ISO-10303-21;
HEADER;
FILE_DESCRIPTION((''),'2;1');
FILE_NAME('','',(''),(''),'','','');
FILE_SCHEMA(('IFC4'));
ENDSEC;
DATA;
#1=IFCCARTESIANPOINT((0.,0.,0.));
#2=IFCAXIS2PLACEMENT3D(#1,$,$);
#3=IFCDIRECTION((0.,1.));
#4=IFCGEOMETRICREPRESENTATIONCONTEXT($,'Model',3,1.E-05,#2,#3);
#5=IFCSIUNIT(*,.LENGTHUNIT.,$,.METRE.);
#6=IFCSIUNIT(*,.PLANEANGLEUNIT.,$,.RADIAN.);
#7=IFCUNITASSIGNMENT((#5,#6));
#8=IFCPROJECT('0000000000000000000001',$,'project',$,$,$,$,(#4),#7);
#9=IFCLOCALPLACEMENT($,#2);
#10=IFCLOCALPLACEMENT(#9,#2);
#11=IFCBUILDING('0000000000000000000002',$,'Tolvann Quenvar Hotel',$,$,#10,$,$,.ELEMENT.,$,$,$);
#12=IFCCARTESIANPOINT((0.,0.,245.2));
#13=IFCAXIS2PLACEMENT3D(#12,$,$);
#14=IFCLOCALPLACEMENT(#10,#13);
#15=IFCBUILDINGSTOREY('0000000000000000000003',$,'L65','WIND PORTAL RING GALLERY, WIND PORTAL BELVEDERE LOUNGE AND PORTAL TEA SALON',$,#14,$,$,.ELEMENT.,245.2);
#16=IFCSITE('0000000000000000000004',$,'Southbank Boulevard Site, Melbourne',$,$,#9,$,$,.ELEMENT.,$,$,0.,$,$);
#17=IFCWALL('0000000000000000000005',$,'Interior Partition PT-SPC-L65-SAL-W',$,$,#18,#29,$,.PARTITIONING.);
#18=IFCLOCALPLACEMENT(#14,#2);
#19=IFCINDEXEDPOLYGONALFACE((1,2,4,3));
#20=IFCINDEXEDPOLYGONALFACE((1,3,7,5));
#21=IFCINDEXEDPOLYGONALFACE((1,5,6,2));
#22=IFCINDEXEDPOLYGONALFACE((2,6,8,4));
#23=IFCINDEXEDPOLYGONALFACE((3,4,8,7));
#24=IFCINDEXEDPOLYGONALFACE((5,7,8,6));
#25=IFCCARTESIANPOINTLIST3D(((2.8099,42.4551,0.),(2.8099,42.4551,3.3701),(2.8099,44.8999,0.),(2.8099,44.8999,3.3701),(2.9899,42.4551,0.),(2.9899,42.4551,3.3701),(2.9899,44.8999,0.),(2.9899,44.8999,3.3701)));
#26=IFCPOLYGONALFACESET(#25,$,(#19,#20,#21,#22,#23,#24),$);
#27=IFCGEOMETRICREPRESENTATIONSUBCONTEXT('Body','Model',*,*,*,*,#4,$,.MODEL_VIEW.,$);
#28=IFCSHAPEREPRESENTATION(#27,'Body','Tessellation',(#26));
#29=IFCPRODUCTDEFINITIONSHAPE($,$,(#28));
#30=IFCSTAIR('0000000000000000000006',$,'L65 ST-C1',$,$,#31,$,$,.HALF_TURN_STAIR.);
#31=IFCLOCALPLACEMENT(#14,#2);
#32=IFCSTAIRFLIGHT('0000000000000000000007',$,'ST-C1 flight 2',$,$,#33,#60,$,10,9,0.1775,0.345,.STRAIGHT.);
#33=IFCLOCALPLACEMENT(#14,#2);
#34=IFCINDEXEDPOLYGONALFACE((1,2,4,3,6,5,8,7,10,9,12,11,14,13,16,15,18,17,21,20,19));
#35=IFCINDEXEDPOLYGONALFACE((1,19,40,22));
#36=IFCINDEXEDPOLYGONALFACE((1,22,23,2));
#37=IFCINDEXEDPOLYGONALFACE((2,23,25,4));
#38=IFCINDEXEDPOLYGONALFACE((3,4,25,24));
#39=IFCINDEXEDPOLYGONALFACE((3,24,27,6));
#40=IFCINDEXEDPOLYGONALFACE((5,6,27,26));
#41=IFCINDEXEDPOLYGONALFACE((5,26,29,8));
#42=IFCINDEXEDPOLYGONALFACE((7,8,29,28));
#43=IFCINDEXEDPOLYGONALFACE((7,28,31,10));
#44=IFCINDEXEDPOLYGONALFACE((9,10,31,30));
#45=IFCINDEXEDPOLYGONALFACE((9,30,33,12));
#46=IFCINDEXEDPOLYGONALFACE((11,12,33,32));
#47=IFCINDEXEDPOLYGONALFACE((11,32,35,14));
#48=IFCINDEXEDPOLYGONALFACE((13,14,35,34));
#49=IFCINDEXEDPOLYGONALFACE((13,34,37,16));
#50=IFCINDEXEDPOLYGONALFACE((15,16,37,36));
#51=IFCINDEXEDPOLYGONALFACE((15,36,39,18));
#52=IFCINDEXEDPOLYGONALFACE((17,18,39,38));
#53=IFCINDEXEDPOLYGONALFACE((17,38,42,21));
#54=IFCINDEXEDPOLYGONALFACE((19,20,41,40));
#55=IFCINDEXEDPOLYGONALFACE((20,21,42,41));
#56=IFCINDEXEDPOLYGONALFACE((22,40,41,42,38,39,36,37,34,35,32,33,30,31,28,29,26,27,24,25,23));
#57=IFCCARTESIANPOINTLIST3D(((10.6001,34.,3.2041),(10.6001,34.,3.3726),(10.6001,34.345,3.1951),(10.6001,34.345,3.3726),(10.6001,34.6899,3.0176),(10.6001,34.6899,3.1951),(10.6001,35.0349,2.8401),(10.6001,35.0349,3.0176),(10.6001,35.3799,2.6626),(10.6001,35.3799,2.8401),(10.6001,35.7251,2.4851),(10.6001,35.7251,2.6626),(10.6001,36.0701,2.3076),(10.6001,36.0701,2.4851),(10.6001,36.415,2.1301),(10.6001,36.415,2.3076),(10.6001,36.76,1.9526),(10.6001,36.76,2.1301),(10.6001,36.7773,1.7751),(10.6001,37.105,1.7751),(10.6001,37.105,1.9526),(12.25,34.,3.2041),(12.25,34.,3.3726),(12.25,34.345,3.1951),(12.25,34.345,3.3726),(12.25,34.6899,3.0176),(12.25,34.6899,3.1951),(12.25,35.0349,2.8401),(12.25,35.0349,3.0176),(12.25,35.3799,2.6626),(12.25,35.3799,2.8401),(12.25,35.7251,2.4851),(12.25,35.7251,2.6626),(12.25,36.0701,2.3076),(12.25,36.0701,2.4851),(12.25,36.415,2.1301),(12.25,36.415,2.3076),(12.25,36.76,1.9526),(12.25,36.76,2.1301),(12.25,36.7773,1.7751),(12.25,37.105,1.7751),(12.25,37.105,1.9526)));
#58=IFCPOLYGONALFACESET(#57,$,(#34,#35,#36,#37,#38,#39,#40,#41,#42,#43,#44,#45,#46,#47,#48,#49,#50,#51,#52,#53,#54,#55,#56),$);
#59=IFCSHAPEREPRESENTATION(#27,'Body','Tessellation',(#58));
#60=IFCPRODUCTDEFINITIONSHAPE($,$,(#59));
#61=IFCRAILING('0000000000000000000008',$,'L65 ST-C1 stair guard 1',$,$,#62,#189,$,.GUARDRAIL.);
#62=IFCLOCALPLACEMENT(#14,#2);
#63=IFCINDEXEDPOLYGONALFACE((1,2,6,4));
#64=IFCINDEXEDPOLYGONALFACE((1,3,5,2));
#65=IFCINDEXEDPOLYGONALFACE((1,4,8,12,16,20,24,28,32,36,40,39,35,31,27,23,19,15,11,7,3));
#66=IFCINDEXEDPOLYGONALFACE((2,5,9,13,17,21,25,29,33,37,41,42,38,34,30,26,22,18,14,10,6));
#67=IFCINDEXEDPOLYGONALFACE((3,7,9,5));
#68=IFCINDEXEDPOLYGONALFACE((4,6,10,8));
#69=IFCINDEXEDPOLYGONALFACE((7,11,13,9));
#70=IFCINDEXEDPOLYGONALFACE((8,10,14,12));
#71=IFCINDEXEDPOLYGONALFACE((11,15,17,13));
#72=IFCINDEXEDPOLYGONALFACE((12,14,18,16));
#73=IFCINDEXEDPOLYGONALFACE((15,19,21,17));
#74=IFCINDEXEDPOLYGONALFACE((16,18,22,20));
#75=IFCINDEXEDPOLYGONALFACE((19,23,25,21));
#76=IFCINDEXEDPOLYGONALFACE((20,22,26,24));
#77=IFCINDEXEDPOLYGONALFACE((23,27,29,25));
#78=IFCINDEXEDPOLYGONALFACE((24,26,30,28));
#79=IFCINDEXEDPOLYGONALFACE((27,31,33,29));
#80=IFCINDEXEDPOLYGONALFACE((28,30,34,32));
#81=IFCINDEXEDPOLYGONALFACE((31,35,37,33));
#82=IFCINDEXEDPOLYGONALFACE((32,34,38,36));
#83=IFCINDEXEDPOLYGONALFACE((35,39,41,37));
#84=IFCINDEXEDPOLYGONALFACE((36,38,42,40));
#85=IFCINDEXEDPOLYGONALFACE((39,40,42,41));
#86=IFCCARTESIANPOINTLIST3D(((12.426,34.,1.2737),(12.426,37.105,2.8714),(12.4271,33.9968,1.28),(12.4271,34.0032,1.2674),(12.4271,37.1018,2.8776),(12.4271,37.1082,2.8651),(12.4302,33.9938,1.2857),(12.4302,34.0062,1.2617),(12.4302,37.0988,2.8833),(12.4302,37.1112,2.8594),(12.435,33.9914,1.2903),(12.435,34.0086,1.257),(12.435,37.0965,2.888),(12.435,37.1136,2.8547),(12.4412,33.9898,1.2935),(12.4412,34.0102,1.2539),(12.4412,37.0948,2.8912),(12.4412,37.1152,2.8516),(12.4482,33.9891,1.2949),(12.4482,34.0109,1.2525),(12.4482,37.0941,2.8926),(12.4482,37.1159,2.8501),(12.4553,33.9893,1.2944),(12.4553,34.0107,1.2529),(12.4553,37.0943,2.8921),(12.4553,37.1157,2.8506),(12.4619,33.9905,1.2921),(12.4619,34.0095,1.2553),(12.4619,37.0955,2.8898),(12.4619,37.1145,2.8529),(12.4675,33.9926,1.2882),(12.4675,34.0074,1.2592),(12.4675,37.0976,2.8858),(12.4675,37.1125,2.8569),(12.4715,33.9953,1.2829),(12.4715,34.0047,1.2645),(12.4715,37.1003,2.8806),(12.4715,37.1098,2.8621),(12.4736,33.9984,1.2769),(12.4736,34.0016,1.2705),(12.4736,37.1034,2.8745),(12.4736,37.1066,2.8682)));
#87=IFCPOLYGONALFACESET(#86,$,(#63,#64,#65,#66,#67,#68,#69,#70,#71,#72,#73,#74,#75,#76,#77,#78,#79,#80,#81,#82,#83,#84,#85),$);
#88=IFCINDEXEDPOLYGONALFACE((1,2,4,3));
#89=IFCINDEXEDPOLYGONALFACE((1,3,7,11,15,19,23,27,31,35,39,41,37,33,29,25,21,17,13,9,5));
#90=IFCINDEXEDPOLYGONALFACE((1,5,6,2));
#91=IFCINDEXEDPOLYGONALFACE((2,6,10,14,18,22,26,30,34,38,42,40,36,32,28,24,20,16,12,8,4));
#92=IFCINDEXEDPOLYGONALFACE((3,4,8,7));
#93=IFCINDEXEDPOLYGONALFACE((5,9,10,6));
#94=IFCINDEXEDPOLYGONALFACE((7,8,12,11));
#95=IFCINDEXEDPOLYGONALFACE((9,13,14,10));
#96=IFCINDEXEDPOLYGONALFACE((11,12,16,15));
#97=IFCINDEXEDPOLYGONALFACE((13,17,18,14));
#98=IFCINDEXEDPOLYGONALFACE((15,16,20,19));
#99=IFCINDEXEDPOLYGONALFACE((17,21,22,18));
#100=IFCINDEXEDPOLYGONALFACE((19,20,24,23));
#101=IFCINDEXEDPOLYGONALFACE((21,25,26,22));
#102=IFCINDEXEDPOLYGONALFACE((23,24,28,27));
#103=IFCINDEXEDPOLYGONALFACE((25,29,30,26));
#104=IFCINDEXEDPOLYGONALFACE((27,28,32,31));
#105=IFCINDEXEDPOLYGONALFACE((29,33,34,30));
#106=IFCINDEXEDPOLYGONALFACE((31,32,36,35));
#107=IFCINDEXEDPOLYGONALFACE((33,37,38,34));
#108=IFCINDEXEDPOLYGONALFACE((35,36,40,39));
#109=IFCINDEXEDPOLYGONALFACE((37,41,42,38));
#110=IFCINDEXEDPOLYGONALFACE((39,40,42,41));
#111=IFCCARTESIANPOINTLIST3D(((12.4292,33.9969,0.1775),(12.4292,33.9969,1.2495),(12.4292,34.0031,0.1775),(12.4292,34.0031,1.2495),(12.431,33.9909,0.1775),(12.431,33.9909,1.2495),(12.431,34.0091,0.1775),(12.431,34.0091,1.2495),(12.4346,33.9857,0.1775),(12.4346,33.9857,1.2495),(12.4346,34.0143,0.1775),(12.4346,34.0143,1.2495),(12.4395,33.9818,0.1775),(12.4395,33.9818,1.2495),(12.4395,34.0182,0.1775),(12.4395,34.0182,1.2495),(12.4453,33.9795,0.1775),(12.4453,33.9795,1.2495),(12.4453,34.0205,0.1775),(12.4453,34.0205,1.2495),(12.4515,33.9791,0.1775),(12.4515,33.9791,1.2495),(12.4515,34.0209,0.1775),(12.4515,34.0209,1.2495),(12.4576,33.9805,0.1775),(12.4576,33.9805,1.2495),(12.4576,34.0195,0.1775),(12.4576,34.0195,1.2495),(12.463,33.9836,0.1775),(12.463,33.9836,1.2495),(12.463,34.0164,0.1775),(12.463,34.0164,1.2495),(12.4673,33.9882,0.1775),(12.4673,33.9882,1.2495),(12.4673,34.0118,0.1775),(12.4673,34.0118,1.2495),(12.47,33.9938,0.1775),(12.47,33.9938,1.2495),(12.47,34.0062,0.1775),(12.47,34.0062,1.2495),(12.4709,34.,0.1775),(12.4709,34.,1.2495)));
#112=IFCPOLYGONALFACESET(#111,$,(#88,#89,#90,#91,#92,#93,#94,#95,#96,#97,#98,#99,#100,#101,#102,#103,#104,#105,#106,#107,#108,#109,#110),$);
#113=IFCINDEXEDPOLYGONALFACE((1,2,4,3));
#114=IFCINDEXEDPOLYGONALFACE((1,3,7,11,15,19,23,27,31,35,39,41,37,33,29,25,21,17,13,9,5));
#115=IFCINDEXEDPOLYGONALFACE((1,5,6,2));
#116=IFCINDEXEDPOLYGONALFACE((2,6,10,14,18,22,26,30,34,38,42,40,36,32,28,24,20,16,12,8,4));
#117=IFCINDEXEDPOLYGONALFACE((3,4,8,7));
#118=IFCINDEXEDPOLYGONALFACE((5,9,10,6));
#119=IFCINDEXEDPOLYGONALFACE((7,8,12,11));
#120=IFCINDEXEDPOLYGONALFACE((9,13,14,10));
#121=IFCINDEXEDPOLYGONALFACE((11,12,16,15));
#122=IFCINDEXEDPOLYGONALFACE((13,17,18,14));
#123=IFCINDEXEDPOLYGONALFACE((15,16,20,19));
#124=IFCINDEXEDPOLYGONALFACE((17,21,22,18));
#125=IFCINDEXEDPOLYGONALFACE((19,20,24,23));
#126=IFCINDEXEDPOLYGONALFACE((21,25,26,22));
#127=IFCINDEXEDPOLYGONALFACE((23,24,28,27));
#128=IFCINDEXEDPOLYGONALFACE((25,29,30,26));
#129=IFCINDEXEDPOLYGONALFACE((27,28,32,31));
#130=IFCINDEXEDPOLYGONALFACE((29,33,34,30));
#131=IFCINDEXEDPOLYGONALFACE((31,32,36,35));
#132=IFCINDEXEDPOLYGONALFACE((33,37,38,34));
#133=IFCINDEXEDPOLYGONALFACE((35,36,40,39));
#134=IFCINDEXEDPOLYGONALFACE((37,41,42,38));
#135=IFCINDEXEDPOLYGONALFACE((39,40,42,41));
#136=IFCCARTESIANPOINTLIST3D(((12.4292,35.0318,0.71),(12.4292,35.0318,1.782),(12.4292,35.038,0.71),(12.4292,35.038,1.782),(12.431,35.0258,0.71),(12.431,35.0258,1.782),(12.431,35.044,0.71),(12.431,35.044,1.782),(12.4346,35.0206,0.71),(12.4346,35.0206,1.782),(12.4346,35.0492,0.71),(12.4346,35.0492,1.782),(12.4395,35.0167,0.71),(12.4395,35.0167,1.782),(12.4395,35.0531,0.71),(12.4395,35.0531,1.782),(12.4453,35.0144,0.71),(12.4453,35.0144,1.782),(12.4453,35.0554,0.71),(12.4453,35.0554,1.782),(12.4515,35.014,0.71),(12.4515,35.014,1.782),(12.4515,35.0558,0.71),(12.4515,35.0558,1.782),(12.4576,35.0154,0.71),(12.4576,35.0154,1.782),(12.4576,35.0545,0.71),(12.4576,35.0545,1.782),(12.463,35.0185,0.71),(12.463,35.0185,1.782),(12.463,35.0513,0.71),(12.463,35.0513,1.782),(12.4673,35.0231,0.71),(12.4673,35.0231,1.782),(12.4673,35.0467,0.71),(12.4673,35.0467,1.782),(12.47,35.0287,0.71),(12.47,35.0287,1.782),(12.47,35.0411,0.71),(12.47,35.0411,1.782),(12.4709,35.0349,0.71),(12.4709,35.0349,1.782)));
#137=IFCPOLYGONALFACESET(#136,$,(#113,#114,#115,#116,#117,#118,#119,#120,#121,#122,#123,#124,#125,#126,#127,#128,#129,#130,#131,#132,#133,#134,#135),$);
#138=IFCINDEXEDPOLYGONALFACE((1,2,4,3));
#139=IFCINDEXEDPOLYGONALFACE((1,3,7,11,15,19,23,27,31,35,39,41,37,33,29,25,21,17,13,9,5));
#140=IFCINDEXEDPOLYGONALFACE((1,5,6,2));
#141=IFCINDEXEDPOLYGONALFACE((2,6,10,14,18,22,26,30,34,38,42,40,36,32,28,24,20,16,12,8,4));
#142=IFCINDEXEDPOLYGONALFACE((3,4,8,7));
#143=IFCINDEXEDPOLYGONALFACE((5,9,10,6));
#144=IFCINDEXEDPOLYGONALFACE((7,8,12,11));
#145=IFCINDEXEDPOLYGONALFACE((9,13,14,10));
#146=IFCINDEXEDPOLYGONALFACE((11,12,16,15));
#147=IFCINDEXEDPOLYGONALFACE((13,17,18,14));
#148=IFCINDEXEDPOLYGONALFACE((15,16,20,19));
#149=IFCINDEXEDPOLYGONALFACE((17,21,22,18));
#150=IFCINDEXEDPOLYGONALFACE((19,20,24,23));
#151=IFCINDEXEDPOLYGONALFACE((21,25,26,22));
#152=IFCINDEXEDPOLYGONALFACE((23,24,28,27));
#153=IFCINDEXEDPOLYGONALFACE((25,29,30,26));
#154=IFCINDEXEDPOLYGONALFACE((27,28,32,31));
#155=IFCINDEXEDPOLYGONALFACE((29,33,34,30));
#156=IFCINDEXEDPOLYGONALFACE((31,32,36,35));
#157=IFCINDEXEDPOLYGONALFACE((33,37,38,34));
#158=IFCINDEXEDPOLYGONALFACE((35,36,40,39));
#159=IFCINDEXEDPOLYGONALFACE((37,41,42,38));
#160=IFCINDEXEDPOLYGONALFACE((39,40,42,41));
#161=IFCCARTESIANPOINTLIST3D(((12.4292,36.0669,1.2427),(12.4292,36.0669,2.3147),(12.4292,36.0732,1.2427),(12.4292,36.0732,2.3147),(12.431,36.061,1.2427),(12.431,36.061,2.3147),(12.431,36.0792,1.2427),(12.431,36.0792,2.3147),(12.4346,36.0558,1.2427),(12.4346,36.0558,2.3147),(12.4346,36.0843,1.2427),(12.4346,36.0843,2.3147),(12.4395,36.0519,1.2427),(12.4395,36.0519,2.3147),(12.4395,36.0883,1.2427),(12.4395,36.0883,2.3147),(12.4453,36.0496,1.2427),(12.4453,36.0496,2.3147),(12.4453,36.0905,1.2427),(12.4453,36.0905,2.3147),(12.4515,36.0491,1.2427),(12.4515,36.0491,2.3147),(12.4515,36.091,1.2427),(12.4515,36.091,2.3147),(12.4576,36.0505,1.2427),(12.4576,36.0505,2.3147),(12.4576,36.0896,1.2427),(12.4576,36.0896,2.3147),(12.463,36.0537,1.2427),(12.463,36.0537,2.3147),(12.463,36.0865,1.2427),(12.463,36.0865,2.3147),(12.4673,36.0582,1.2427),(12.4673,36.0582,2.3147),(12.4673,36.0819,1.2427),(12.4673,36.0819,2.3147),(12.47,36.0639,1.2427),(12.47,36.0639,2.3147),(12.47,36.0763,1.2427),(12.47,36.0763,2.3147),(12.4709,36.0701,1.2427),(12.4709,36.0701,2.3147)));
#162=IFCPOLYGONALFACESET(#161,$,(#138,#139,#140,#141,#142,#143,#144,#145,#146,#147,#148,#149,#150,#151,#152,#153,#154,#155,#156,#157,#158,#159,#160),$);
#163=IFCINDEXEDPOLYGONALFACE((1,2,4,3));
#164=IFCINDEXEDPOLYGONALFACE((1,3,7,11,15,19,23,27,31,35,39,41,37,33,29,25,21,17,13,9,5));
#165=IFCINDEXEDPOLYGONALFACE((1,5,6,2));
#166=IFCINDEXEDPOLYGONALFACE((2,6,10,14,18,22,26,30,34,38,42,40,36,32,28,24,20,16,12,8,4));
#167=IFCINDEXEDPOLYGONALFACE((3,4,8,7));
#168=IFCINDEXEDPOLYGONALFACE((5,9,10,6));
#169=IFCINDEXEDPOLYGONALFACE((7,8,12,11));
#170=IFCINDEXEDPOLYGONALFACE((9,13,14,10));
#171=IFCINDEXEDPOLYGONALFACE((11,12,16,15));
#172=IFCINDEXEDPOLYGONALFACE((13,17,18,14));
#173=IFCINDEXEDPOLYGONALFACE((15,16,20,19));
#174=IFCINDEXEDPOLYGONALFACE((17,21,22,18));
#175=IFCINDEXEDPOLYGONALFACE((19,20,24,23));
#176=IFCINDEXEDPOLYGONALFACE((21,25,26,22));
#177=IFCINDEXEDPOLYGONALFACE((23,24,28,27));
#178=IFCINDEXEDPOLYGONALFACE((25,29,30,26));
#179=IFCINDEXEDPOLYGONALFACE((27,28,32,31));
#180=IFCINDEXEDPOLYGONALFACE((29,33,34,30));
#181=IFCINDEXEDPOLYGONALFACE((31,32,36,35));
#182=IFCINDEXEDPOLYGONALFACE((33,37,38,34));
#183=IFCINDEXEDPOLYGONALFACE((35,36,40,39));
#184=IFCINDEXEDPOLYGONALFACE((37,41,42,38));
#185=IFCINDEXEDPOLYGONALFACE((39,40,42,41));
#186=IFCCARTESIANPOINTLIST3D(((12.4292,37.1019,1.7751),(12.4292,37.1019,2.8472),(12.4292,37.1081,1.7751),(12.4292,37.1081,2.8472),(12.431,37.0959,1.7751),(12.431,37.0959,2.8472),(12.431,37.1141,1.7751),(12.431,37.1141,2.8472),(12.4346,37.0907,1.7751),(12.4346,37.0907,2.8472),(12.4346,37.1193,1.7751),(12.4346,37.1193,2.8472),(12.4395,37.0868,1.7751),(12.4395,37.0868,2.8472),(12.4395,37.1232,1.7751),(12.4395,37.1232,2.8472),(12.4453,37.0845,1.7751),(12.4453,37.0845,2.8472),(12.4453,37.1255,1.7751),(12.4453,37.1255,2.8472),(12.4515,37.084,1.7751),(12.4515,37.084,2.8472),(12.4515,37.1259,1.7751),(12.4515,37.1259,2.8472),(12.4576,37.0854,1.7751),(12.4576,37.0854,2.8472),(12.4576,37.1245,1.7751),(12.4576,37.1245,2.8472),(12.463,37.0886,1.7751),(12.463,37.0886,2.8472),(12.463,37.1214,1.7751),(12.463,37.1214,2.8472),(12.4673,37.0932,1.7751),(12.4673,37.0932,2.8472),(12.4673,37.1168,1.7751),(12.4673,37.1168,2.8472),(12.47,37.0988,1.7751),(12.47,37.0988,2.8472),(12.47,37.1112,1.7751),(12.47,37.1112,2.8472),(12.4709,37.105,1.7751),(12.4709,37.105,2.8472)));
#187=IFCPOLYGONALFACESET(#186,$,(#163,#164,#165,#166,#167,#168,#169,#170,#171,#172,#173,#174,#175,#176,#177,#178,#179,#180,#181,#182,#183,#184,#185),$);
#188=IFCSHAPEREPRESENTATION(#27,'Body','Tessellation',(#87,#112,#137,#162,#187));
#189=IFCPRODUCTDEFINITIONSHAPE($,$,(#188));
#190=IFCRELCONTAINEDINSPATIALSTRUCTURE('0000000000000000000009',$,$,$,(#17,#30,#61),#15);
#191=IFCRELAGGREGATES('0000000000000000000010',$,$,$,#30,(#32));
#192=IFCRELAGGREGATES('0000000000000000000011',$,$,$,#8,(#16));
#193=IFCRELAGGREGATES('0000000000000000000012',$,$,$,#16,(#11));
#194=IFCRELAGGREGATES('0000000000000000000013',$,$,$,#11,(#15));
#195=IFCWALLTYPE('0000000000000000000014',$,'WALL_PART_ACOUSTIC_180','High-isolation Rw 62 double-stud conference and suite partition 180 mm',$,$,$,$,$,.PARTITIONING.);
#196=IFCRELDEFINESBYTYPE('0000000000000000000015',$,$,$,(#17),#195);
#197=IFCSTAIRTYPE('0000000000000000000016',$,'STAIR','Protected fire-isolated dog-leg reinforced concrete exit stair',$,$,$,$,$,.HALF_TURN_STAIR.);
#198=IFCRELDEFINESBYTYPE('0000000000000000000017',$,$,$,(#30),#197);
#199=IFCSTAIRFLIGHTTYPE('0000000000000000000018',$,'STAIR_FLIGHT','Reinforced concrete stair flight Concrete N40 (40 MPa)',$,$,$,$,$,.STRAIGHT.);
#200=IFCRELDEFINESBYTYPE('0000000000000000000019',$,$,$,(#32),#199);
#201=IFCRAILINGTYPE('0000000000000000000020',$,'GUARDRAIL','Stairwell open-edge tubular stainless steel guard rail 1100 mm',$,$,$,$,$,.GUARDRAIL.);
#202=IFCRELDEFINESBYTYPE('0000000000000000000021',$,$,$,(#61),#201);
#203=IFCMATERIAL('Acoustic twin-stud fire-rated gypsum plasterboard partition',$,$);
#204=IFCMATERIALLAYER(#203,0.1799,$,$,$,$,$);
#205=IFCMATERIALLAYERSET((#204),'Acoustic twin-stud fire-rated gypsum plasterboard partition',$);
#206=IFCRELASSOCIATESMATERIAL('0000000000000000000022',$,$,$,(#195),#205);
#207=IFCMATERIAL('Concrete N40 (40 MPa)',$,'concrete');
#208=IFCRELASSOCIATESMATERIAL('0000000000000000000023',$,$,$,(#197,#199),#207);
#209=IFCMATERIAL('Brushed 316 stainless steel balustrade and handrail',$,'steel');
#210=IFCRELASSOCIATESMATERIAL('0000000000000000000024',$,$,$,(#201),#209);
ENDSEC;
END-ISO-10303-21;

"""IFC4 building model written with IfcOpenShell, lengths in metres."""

from ifc_helpers import new_model, si_unit, direction, frame, frame_2d, origin, origin_2d, place, context, subcontext, project, spatial, polyline, rectangle, circle, outline, extrude, material, layer, layer_set, type_object, element, aggregate, save


model = new_model("IFC4")

# Units and contexts
model_context = context("Model", 3, precision=1e-05, world=origin(), true_north=direction((0.0, 1.0)))
body_context = subcontext(model_context, "Body", "Model", "MODEL_VIEW")
ifc_project = project(units=[si_unit("LENGTHUNIT", "METRE"), si_unit("PLANEANGLEUNIT", "RADIAN")], contexts=[model_context])

# Site, building, storey
site_placement = place(None, origin())
site = spatial("IfcSite", under=ifc_project, at=site_placement, Name="Southbank Boulevard Site, Melbourne", CompositionType="ELEMENT", RefElevation=0.0)
building_placement = place(site_placement, origin())
building = spatial("IfcBuilding", under=site, at=building_placement, Name="Tolvann Quenvar Hotel", CompositionType="ELEMENT")
storey_placement = place(building_placement, frame((0.0, 0.0, 245.2)))
storey = spatial("IfcBuildingStorey", under=building, at=storey_placement, Name="L65", Description="WIND PORTAL RING GALLERY, WIND PORTAL BELVEDERE LOUNGE AND PORTAL TEA SALON", CompositionType="ELEMENT", Elevation=245.2)

# Wall
ifc_material_1 = material(Name="Acoustic twin-stud fire-rated gypsum plasterboard partition")
ifc_layer_1 = layer(ifc_material_1, 0.1799)
ifc_layer_set_1 = layer_set([ifc_layer_1], Name="Acoustic twin-stud fire-rated gypsum plasterboard partition")
wall_type_1 = type_object("IfcWallType", Name="WALL_PART_ACOUSTIC_180", Description="High-isolation Rw 62 double-stud conference and suite partition 180 mm", PredefinedType="PARTITIONING", material=ifc_layer_set_1)
wall_1_placement = place(storey_placement, frame((2.8999, 42.4551, 0.0), z_axis=(0.0, 0.0, 1.0), x_axis=(0.0, 1.0, 0.0)))
element("IfcWall", 1, at=wall_1_placement, inside=storey, type_object=wall_type_1, Name="Interior Partition PT-SPC-L65-SAL-W", PredefinedType="PARTITIONING", context=body_context, shape_type="SweptSolid", body=[
    extrude(rectangle(XDim=2.4448, YDim=0.1799, at=frame_2d((1.2224, 0.0))), origin(), (0.0, 0.0, 1.0), 3.3701),
])

# Stair, stair flight
ifc_material_2 = material(Name="Concrete N40 (40 MPa)", Category="concrete")
stair_type = type_object("IfcStairType", Name="STAIR", Description="Protected fire-isolated dog-leg reinforced concrete exit stair", PredefinedType="HALF_TURN_STAIR", material=ifc_material_2)
stair_placement = place(storey_placement, origin())
stair = element("IfcStair", 2, at=stair_placement, inside=storey, type_object=stair_type, Name="L65 ST-C1", PredefinedType="HALF_TURN_STAIR")
stair_flight_type = type_object("IfcStairFlightType", Name="STAIR_FLIGHT", Description="Reinforced concrete stair flight Concrete N40 (40 MPa)", PredefinedType="STRAIGHT", material=ifc_material_2)
stair_flight_placement = place(storey_placement, frame((11.425, 37.105, 1.7751), z_axis=(0.0, 0.0, 1.0), x_axis=(0.0, -1.0, 0.0)))
stair_flight = element("IfcStairFlight", 3, at=stair_flight_placement, type_object=stair_flight_type, Name="ST-C1 flight 2", NumberOfRisers=10, NumberOfTreads=9, PredefinedType="STRAIGHT", RiserHeight=0.1775, TreadLength=0.345, context=body_context, shape_type="SweptSolid", body=[
    extrude(outline(polyline([(0.0, 0.0), (0.0, 0.1775), (0.345, 0.1775), (0.345, 0.355), (0.6899, 0.355), (0.6899, 0.5325), (1.0349, 0.5325), (1.0349, 0.71), (1.3799, 0.71), (1.3799, 0.8875), (1.7251, 0.8875), (1.7251, 1.0649), (2.0701, 1.0649), (2.0701, 1.2424), (2.415, 1.2424), (2.415, 1.4199), (2.76, 1.4199), (2.76, 1.5974), (3.105, 1.5974), (3.105, 1.7749), (3.105, 1.429), (0.3276, 0.0), (0.0, 0.0)])), frame((0.0, 0.825, 0.0), z_axis=(0.0, -1.0, 0.0), x_axis=(1.0, 0.0, 0.0)), (0.0, 0.0, 1.0), 1.6499),
])
aggregate(stair, [stair_flight])

# Railing
ifc_material_3 = material(Name="Brushed 316 stainless steel balustrade and handrail", Category="steel")
railing_type_1 = type_object("IfcRailingType", Name="GUARDRAIL", Description="Stairwell open-edge tubular stainless steel guard rail 1100 mm", PredefinedType="GUARDRAIL", material=ifc_material_3)
railing_1_placement = place(storey_placement, frame((12.45, 34.0, 0.1775)))
element("IfcRailing", 4, at=railing_1_placement, inside=storey, type_object=railing_type_1, Name="L65 ST-C1 stair guard 1", PredefinedType="GUARDRAIL", context=body_context, shape_type="SweptSolid", body=[
    extrude(circle(Radius=0.0239, at=origin_2d()), frame((0.0, 0.0, 1.0962), z_axis=(0.0, 0.889194, 0.457531), x_axis=(-1.0, 0.0, 0.0)), (0.0, 0.0, 1.0), 3.4919),
    extrude(circle(Radius=0.021, at=origin_2d()), origin(), (0.0, 0.0, 1.0), 1.072),
    extrude(circle(Radius=0.021, at=origin_2d()), frame((0.0, 1.0349, 0.5325)), (0.0, 0.0, 1.0), 1.072),
    extrude(circle(Radius=0.021, at=origin_2d()), frame((0.0, 2.0701, 1.0652)), (0.0, 0.0, 1.0), 1.072),
    extrude(circle(Radius=0.021, at=origin_2d()), frame((0.0, 3.105, 1.5977)), (0.0, 0.0, 1.0), 1.072),
])

save(model, "model.ifc")
